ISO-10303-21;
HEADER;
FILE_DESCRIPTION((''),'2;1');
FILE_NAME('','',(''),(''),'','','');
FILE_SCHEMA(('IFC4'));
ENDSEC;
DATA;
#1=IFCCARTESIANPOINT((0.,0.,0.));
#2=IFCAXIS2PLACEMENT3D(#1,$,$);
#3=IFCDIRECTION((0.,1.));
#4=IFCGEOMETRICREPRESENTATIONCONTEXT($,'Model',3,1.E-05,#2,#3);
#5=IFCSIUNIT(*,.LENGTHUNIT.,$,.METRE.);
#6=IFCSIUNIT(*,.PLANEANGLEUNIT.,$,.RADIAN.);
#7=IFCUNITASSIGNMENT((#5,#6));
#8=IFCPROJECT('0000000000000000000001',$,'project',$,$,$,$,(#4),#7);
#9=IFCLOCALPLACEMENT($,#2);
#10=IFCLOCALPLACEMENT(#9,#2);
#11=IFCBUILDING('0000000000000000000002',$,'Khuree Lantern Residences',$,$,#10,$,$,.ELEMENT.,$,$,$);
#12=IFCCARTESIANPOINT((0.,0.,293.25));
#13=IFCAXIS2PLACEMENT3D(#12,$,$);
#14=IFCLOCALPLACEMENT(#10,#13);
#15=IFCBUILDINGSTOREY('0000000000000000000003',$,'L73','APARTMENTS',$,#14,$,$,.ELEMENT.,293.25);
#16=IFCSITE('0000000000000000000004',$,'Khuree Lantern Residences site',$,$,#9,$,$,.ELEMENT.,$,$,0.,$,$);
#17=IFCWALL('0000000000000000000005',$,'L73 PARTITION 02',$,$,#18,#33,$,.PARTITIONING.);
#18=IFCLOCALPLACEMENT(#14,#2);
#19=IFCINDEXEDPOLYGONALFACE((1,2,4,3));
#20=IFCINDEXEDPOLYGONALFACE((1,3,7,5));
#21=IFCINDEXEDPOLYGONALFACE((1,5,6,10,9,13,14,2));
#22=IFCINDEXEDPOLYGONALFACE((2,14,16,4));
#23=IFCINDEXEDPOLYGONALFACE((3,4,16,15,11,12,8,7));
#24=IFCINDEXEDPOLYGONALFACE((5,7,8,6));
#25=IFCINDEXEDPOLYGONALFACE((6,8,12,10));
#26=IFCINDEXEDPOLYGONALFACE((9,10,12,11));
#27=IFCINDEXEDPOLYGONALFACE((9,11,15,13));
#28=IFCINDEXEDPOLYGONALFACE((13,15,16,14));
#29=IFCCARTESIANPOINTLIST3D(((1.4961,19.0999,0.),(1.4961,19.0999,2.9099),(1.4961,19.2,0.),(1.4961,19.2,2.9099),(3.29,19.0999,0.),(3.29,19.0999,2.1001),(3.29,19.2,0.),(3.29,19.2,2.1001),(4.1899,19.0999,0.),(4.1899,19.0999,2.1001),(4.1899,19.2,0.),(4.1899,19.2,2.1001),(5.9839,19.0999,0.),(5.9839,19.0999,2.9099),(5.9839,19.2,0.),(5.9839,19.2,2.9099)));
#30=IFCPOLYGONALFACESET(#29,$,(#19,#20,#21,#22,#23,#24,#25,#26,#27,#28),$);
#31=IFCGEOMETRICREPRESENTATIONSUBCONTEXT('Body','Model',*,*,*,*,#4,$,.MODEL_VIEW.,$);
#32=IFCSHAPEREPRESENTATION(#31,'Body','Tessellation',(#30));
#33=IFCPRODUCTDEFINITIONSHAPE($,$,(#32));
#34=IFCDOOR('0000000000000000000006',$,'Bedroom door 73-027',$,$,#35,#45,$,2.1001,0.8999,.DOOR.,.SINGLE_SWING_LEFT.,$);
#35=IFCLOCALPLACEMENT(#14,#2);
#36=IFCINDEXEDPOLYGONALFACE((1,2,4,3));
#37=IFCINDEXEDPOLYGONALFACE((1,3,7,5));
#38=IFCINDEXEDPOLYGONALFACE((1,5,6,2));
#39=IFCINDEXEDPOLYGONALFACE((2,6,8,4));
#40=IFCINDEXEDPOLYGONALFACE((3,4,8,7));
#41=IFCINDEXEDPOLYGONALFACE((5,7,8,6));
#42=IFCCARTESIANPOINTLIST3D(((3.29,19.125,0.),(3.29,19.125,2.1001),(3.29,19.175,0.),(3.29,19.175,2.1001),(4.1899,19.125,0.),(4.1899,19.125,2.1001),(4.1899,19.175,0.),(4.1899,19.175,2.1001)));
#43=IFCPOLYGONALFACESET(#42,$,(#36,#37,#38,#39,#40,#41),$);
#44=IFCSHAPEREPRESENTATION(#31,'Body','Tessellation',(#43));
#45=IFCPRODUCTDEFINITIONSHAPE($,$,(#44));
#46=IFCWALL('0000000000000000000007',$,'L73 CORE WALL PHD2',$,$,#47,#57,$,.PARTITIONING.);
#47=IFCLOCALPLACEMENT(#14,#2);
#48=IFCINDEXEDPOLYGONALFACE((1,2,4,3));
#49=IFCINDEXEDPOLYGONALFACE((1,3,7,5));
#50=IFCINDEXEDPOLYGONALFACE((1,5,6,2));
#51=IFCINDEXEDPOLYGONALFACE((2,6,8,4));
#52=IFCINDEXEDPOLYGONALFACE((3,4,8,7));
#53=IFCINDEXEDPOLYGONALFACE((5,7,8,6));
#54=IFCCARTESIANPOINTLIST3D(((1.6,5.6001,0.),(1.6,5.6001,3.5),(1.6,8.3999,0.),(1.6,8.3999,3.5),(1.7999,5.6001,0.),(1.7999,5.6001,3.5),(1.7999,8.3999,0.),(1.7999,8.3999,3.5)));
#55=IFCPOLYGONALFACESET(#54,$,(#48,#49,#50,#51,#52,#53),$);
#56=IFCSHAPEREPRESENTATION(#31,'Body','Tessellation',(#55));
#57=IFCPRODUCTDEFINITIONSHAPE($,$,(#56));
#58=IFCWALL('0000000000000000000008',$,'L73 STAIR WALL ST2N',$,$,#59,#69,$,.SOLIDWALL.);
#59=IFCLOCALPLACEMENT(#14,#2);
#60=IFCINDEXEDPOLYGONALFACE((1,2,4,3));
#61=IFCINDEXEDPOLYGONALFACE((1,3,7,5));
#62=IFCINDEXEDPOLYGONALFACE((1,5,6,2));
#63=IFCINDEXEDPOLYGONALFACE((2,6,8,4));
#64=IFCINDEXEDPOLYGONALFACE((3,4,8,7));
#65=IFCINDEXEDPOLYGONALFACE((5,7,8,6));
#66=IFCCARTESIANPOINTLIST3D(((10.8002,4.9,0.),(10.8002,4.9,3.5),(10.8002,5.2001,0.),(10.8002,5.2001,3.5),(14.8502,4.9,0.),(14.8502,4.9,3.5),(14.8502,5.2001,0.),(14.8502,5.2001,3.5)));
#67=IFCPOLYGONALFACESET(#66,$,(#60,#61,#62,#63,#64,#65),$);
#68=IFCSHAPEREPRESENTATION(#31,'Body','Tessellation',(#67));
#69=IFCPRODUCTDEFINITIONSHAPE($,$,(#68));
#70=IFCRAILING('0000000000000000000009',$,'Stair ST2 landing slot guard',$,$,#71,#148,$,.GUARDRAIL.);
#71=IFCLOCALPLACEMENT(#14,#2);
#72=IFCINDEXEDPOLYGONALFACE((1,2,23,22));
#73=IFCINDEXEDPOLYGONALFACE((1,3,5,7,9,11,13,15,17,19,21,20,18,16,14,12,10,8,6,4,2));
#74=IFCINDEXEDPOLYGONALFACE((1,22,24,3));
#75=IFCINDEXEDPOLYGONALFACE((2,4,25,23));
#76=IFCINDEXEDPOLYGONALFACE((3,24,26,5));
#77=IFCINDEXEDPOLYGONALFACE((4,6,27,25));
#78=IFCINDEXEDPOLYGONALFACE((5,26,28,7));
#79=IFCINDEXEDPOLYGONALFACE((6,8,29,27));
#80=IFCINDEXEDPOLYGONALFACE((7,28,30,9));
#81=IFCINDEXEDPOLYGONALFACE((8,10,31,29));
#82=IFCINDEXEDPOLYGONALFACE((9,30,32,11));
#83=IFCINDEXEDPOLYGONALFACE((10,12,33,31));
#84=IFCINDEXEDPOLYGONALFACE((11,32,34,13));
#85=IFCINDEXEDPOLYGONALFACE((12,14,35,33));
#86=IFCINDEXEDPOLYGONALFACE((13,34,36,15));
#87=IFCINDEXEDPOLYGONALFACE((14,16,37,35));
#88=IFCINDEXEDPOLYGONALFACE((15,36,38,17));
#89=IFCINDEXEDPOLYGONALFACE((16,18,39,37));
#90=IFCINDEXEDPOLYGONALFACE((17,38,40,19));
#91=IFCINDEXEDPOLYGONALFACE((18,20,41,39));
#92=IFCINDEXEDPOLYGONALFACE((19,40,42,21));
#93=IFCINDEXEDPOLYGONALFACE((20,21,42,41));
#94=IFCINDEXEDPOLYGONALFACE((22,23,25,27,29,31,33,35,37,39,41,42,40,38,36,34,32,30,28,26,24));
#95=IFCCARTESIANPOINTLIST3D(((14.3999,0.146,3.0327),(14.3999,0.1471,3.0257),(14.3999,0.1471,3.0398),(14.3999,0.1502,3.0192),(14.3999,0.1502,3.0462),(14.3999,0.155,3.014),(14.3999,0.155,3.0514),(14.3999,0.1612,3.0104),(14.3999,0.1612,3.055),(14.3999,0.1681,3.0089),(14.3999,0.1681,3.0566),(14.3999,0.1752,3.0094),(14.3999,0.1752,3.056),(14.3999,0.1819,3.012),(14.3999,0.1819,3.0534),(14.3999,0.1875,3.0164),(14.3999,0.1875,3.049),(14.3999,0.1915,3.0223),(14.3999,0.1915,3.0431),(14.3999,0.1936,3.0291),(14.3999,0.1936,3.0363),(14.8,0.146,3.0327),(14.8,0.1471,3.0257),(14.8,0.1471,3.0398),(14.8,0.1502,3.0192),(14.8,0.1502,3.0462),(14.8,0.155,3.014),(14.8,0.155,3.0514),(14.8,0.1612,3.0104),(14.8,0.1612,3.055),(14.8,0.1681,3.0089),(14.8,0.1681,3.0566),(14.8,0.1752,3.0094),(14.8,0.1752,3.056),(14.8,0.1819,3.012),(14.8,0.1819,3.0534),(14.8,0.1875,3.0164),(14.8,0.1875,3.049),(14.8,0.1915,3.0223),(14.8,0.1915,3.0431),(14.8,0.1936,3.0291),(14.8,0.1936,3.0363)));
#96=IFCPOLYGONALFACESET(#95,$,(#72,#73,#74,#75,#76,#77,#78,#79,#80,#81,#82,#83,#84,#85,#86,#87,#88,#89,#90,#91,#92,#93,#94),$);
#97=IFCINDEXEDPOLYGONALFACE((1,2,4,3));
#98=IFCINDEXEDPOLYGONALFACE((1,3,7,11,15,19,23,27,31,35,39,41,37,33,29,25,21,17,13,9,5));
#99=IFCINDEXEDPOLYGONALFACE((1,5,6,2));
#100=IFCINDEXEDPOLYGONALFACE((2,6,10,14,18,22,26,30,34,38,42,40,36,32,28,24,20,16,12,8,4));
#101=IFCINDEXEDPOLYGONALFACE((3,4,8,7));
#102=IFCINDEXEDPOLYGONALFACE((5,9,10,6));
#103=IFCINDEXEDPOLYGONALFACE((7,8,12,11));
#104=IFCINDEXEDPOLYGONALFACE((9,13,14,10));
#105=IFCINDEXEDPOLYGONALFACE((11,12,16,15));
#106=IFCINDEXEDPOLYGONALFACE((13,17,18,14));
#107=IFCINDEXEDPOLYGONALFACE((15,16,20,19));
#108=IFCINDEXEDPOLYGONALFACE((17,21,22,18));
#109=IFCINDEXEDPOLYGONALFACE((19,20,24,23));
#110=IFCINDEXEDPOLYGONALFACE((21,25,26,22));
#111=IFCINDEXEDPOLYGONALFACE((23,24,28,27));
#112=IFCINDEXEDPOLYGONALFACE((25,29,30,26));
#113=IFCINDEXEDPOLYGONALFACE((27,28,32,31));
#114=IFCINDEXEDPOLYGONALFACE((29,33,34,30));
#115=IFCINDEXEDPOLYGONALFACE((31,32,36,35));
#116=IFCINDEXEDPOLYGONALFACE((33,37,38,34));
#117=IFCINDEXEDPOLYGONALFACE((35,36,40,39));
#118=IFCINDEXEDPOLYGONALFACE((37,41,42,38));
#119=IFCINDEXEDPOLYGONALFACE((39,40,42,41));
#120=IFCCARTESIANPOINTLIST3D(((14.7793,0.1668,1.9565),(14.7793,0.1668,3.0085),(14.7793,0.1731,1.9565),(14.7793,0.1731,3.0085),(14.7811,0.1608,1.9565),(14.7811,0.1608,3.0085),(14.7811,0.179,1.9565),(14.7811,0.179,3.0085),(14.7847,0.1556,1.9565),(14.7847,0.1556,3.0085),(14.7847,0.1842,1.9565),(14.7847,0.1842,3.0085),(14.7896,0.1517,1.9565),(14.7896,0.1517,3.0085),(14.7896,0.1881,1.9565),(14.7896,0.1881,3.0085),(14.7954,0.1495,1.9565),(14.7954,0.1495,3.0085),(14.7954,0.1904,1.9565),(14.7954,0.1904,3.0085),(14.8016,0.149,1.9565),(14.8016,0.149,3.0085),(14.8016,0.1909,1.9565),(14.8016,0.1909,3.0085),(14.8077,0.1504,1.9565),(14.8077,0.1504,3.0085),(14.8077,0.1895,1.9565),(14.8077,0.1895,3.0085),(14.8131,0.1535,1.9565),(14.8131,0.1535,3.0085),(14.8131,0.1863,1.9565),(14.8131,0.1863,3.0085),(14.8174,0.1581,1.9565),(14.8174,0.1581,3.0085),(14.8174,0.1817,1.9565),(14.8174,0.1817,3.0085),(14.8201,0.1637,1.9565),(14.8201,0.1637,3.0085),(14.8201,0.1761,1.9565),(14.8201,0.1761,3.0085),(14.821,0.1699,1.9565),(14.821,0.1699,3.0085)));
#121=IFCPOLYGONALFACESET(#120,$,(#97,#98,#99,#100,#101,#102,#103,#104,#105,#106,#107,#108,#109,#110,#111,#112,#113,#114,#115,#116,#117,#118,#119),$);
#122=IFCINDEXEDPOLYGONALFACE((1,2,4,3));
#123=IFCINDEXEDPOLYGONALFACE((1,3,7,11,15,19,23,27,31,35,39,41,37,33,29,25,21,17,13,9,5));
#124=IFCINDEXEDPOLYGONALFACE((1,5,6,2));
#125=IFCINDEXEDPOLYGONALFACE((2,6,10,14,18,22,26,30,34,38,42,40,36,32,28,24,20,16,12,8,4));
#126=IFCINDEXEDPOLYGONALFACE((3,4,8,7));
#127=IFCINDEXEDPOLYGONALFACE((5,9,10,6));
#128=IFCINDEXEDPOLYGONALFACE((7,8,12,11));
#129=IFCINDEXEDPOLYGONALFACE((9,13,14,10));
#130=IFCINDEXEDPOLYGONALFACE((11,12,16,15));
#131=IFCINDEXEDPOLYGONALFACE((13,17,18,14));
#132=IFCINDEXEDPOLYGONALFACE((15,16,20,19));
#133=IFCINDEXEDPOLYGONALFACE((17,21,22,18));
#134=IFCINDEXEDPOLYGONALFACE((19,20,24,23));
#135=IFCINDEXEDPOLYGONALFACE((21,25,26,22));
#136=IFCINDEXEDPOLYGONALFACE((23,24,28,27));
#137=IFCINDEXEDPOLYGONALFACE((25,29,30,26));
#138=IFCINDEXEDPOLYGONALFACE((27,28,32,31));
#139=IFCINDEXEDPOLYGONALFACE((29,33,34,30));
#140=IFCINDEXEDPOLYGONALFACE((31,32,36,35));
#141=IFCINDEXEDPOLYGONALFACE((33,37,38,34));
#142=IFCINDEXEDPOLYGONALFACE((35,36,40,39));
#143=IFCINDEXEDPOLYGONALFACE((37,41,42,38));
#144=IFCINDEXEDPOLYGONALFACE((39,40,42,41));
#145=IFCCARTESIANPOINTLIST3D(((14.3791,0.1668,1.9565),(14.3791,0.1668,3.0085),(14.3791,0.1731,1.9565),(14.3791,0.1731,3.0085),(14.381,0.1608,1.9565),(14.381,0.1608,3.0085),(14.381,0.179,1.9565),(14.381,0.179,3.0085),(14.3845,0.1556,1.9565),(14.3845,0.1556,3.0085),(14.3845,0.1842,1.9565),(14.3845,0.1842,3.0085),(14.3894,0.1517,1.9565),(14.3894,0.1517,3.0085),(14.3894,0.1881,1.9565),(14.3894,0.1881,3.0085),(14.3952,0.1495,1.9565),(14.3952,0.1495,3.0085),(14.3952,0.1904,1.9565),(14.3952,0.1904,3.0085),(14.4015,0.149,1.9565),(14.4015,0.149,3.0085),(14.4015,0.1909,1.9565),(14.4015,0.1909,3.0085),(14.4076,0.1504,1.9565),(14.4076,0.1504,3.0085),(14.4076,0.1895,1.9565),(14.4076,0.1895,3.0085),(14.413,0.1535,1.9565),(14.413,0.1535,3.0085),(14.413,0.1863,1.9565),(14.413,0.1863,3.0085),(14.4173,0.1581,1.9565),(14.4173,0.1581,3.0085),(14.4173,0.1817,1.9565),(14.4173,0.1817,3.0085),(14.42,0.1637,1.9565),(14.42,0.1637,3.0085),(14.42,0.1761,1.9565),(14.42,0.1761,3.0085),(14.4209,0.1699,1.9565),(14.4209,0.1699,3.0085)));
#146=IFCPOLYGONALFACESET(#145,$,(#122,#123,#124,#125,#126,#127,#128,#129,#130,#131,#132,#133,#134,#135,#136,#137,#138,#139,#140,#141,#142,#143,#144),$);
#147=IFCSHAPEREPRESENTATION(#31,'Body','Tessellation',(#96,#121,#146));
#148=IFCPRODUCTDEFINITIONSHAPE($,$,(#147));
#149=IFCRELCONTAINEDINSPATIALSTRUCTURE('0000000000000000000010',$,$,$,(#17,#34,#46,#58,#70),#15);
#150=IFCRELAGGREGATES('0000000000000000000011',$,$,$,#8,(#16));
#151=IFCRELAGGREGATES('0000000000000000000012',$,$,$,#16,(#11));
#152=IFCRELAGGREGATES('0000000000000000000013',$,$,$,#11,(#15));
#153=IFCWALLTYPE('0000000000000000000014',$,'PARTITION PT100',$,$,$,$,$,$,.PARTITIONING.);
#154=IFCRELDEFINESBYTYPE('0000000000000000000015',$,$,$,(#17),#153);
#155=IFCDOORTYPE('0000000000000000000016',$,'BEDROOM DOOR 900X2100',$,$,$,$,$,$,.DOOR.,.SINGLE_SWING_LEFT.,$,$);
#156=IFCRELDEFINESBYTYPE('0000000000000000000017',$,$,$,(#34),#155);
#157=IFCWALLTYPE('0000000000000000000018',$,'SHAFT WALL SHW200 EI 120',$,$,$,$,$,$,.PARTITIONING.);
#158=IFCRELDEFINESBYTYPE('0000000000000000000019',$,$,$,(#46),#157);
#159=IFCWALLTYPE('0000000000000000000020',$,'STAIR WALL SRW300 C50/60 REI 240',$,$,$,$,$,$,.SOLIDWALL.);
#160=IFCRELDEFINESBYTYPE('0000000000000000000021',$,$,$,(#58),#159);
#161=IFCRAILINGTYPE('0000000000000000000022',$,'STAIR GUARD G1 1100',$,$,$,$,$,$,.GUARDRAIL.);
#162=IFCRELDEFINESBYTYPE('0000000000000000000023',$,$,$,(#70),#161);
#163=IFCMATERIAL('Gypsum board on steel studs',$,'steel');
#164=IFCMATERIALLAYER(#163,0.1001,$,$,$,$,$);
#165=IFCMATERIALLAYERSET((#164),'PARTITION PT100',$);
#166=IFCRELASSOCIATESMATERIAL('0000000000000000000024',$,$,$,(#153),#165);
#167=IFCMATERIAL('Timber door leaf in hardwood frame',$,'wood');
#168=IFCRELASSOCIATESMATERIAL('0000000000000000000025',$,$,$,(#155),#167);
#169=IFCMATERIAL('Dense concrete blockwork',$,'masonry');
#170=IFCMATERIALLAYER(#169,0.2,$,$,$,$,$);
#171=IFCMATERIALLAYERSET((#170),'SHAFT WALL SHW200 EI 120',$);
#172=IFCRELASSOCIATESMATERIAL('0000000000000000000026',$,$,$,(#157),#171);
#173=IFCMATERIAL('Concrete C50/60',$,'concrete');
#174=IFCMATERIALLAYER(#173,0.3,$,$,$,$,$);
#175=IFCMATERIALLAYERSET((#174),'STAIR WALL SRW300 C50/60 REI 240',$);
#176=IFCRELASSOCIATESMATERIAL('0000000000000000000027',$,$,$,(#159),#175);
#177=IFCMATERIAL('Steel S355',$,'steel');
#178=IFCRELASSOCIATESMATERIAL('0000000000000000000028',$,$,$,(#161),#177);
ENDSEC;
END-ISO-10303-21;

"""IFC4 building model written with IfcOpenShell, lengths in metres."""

from ifc_helpers import new_model, si_unit, direction, frame, frame_2d, origin, origin_2d, place, context, subcontext, project, spatial, rectangle, circle, extrude, material, layer, layer_set, type_object, element, fill, save


model = new_model("IFC4")

# Units and contexts
model_context = context("Model", 3, precision=1e-05, world=origin(), true_north=direction((0.0, 1.0)))
body_context = subcontext(model_context, "Body", "Model", "MODEL_VIEW")
ifc_project = project(units=[si_unit("LENGTHUNIT", "METRE"), si_unit("PLANEANGLEUNIT", "RADIAN")], contexts=[model_context])

# Site, building, storey
site_placement = place(None, origin())
site = spatial("IfcSite", under=ifc_project, at=site_placement, Name="Khuree Lantern Residences site", CompositionType="ELEMENT", RefElevation=0.0)
building_placement = place(site_placement, origin())
building = spatial("IfcBuilding", under=site, at=building_placement, Name="Khuree Lantern Residences", CompositionType="ELEMENT")
storey_placement = place(building_placement, frame((0.0, 0.0, 293.25)))
storey = spatial("IfcBuildingStorey", under=building, at=storey_placement, Name="L73", Description="APARTMENTS", CompositionType="ELEMENT", Elevation=293.25)

# Shared definitions
ifc_material_1 = material(Name="Concrete C50/60", Category="concrete")

# Shared definitions
ifc_material_2 = material(Name="Timber door leaf in hardwood frame", Category="wood")

# Shared definitions
ifc_material_3 = material(Name="Dense concrete blockwork", Category="masonry")

# Shared definitions
ifc_material_4 = material(Name="Gypsum board on steel studs", Category="steel")
ifc_layer_1 = layer(ifc_material_4, 0.1001)
ifc_layer_set_1 = layer_set([ifc_layer_1], Name="PARTITION PT100")
wall_type_1 = type_object("IfcWallType", Name="PARTITION PT100", PredefinedType="PARTITIONING", material=ifc_layer_set_1)

# Wall, opening, door
wall_1_placement = place(storey_placement, frame((5.9839, 19.1499, 0.0), z_axis=(0.0, 0.0, 1.0), x_axis=(-1.0, 0.0, 0.0)))
wall_1 = element("IfcWall", 1, at=wall_1_placement, inside=storey, type_object=wall_type_1, Name="L73 PARTITION 02", PredefinedType="PARTITIONING", context=body_context, shape_type="SweptSolid", body=[
    extrude(rectangle(XDim=4.4878, YDim=0.1001, at=frame_2d((2.2439, 0.0))), origin(), (0.0, 0.0, 1.0), 2.9099),
])
opening_1_placement = place(wall_1_placement, frame((1.7939, 0.0, 0.0)))
opening_1 = element("IfcOpeningElement", 2, at=opening_1_placement, cuts=wall_1, PredefinedType="OPENING", context=body_context, shape_type="SweptSolid", body=[
    extrude(rectangle(XDim=0.8999, YDim=2.1001, at=frame_2d((0.45, 1.05))), frame((0.0, 0.0601, 0.0), z_axis=(0.0, -1.0, 0.0), x_axis=(1.0, 0.0, 0.0)), (0.0, 0.0, 1.0), 0.1201),
])
door_type_1 = type_object("IfcDoorType", Name="BEDROOM DOOR 900X2100", OperationType="SINGLE_SWING_LEFT", PredefinedType="DOOR", material=ifc_material_2)
door_1_placement = place(opening_1_placement, origin())
door_1 = element("IfcDoor", 3, at=door_1_placement, inside=storey, type_object=door_type_1, Name="Bedroom door 73-027", OperationType="SINGLE_SWING_LEFT", OverallHeight=2.1001, OverallWidth=0.8999, PredefinedType="DOOR", context=body_context, shape_type="SweptSolid", body=[
    extrude(rectangle(XDim=0.8999, YDim=2.1001, at=frame_2d((0.45, 1.05))), frame((0.0, 0.0249, 0.0), z_axis=(0.0, -1.0, 0.0), x_axis=(1.0, 0.0, 0.0)), (0.0, 0.0, 1.0), 0.05),
])
fill(opening_1, door_1)

# Walls
ifc_layer_2 = layer(ifc_material_3, 0.2)
ifc_layer_set_2 = layer_set([ifc_layer_2], Name="SHAFT WALL SHW200 EI 120")
wall_type_2 = type_object("IfcWallType", Name="SHAFT WALL SHW200 EI 120", PredefinedType="PARTITIONING", material=ifc_layer_set_2)
wall_2_placement = place(storey_placement, frame((1.7, 5.6001, 0.0), z_axis=(0.0, 0.0, 1.0), x_axis=(0.0, 1.0, 0.0)))
element("IfcWall", 4, at=wall_2_placement, inside=storey, type_object=wall_type_2, Name="L73 CORE WALL PHD2", PredefinedType="PARTITIONING", context=body_context, shape_type="SweptSolid", body=[
    extrude(rectangle(XDim=2.7998, YDim=0.2, at=frame_2d((1.3999, 0.0))), origin(), (0.0, 0.0, 1.0), 3.5),
])
ifc_layer_3 = layer(ifc_material_1, 0.3)
ifc_layer_set_3 = layer_set([ifc_layer_3], Name="STAIR WALL SRW300 C50/60 REI 240")
wall_type_3 = type_object("IfcWallType", Name="STAIR WALL SRW300 C50/60 REI 240", PredefinedType="SOLIDWALL", material=ifc_layer_set_3)
wall_3_placement = place(storey_placement, frame((14.8501, 5.05, 0.0), z_axis=(0.0, 0.0, 1.0), x_axis=(-1.0, 0.0, 0.0)))
element("IfcWall", 5, at=wall_3_placement, inside=storey, type_object=wall_type_3, Name="L73 STAIR WALL ST2N", PredefinedType="SOLIDWALL", context=body_context, shape_type="SweptSolid", body=[
    extrude(rectangle(XDim=4.05, YDim=0.3, at=frame_2d((2.0249, 0.0))), origin(), (0.0, 0.0, 1.0), 3.5),
])

# Railing
ifc_material_5 = material(Name="Steel S355", Category="steel")
railing_type = type_object("IfcRailingType", Name="STAIR GUARD G1 1100", PredefinedType="GUARDRAIL", material=ifc_material_5)
railing_placement = place(storey_placement, frame((14.8, 0.1699, 1.9565)))
element("IfcRailing", 6, at=railing_placement, inside=storey, type_object=railing_type, Name="Stair ST2 landing slot guard", PredefinedType="GUARDRAIL", context=body_context, shape_type="SweptSolid", body=[
    extrude(circle(Radius=0.0239, at=origin_2d()), frame((0.0, 0.0, 1.0762), z_axis=(-1.0, 0.0, 0.0), x_axis=(0.0, -1.0, 0.0)), (0.0, 0.0, 1.0), 0.4001),
    extrude(circle(Radius=0.021, at=origin_2d()), origin(), (0.0, 0.0, 1.0), 1.052),
    extrude(circle(Radius=0.021, at=origin_2d()), frame((-0.4001, 0.0, 0.0)), (0.0, 0.0, 1.0), 1.052),
])

save(model, "model.ifc")
